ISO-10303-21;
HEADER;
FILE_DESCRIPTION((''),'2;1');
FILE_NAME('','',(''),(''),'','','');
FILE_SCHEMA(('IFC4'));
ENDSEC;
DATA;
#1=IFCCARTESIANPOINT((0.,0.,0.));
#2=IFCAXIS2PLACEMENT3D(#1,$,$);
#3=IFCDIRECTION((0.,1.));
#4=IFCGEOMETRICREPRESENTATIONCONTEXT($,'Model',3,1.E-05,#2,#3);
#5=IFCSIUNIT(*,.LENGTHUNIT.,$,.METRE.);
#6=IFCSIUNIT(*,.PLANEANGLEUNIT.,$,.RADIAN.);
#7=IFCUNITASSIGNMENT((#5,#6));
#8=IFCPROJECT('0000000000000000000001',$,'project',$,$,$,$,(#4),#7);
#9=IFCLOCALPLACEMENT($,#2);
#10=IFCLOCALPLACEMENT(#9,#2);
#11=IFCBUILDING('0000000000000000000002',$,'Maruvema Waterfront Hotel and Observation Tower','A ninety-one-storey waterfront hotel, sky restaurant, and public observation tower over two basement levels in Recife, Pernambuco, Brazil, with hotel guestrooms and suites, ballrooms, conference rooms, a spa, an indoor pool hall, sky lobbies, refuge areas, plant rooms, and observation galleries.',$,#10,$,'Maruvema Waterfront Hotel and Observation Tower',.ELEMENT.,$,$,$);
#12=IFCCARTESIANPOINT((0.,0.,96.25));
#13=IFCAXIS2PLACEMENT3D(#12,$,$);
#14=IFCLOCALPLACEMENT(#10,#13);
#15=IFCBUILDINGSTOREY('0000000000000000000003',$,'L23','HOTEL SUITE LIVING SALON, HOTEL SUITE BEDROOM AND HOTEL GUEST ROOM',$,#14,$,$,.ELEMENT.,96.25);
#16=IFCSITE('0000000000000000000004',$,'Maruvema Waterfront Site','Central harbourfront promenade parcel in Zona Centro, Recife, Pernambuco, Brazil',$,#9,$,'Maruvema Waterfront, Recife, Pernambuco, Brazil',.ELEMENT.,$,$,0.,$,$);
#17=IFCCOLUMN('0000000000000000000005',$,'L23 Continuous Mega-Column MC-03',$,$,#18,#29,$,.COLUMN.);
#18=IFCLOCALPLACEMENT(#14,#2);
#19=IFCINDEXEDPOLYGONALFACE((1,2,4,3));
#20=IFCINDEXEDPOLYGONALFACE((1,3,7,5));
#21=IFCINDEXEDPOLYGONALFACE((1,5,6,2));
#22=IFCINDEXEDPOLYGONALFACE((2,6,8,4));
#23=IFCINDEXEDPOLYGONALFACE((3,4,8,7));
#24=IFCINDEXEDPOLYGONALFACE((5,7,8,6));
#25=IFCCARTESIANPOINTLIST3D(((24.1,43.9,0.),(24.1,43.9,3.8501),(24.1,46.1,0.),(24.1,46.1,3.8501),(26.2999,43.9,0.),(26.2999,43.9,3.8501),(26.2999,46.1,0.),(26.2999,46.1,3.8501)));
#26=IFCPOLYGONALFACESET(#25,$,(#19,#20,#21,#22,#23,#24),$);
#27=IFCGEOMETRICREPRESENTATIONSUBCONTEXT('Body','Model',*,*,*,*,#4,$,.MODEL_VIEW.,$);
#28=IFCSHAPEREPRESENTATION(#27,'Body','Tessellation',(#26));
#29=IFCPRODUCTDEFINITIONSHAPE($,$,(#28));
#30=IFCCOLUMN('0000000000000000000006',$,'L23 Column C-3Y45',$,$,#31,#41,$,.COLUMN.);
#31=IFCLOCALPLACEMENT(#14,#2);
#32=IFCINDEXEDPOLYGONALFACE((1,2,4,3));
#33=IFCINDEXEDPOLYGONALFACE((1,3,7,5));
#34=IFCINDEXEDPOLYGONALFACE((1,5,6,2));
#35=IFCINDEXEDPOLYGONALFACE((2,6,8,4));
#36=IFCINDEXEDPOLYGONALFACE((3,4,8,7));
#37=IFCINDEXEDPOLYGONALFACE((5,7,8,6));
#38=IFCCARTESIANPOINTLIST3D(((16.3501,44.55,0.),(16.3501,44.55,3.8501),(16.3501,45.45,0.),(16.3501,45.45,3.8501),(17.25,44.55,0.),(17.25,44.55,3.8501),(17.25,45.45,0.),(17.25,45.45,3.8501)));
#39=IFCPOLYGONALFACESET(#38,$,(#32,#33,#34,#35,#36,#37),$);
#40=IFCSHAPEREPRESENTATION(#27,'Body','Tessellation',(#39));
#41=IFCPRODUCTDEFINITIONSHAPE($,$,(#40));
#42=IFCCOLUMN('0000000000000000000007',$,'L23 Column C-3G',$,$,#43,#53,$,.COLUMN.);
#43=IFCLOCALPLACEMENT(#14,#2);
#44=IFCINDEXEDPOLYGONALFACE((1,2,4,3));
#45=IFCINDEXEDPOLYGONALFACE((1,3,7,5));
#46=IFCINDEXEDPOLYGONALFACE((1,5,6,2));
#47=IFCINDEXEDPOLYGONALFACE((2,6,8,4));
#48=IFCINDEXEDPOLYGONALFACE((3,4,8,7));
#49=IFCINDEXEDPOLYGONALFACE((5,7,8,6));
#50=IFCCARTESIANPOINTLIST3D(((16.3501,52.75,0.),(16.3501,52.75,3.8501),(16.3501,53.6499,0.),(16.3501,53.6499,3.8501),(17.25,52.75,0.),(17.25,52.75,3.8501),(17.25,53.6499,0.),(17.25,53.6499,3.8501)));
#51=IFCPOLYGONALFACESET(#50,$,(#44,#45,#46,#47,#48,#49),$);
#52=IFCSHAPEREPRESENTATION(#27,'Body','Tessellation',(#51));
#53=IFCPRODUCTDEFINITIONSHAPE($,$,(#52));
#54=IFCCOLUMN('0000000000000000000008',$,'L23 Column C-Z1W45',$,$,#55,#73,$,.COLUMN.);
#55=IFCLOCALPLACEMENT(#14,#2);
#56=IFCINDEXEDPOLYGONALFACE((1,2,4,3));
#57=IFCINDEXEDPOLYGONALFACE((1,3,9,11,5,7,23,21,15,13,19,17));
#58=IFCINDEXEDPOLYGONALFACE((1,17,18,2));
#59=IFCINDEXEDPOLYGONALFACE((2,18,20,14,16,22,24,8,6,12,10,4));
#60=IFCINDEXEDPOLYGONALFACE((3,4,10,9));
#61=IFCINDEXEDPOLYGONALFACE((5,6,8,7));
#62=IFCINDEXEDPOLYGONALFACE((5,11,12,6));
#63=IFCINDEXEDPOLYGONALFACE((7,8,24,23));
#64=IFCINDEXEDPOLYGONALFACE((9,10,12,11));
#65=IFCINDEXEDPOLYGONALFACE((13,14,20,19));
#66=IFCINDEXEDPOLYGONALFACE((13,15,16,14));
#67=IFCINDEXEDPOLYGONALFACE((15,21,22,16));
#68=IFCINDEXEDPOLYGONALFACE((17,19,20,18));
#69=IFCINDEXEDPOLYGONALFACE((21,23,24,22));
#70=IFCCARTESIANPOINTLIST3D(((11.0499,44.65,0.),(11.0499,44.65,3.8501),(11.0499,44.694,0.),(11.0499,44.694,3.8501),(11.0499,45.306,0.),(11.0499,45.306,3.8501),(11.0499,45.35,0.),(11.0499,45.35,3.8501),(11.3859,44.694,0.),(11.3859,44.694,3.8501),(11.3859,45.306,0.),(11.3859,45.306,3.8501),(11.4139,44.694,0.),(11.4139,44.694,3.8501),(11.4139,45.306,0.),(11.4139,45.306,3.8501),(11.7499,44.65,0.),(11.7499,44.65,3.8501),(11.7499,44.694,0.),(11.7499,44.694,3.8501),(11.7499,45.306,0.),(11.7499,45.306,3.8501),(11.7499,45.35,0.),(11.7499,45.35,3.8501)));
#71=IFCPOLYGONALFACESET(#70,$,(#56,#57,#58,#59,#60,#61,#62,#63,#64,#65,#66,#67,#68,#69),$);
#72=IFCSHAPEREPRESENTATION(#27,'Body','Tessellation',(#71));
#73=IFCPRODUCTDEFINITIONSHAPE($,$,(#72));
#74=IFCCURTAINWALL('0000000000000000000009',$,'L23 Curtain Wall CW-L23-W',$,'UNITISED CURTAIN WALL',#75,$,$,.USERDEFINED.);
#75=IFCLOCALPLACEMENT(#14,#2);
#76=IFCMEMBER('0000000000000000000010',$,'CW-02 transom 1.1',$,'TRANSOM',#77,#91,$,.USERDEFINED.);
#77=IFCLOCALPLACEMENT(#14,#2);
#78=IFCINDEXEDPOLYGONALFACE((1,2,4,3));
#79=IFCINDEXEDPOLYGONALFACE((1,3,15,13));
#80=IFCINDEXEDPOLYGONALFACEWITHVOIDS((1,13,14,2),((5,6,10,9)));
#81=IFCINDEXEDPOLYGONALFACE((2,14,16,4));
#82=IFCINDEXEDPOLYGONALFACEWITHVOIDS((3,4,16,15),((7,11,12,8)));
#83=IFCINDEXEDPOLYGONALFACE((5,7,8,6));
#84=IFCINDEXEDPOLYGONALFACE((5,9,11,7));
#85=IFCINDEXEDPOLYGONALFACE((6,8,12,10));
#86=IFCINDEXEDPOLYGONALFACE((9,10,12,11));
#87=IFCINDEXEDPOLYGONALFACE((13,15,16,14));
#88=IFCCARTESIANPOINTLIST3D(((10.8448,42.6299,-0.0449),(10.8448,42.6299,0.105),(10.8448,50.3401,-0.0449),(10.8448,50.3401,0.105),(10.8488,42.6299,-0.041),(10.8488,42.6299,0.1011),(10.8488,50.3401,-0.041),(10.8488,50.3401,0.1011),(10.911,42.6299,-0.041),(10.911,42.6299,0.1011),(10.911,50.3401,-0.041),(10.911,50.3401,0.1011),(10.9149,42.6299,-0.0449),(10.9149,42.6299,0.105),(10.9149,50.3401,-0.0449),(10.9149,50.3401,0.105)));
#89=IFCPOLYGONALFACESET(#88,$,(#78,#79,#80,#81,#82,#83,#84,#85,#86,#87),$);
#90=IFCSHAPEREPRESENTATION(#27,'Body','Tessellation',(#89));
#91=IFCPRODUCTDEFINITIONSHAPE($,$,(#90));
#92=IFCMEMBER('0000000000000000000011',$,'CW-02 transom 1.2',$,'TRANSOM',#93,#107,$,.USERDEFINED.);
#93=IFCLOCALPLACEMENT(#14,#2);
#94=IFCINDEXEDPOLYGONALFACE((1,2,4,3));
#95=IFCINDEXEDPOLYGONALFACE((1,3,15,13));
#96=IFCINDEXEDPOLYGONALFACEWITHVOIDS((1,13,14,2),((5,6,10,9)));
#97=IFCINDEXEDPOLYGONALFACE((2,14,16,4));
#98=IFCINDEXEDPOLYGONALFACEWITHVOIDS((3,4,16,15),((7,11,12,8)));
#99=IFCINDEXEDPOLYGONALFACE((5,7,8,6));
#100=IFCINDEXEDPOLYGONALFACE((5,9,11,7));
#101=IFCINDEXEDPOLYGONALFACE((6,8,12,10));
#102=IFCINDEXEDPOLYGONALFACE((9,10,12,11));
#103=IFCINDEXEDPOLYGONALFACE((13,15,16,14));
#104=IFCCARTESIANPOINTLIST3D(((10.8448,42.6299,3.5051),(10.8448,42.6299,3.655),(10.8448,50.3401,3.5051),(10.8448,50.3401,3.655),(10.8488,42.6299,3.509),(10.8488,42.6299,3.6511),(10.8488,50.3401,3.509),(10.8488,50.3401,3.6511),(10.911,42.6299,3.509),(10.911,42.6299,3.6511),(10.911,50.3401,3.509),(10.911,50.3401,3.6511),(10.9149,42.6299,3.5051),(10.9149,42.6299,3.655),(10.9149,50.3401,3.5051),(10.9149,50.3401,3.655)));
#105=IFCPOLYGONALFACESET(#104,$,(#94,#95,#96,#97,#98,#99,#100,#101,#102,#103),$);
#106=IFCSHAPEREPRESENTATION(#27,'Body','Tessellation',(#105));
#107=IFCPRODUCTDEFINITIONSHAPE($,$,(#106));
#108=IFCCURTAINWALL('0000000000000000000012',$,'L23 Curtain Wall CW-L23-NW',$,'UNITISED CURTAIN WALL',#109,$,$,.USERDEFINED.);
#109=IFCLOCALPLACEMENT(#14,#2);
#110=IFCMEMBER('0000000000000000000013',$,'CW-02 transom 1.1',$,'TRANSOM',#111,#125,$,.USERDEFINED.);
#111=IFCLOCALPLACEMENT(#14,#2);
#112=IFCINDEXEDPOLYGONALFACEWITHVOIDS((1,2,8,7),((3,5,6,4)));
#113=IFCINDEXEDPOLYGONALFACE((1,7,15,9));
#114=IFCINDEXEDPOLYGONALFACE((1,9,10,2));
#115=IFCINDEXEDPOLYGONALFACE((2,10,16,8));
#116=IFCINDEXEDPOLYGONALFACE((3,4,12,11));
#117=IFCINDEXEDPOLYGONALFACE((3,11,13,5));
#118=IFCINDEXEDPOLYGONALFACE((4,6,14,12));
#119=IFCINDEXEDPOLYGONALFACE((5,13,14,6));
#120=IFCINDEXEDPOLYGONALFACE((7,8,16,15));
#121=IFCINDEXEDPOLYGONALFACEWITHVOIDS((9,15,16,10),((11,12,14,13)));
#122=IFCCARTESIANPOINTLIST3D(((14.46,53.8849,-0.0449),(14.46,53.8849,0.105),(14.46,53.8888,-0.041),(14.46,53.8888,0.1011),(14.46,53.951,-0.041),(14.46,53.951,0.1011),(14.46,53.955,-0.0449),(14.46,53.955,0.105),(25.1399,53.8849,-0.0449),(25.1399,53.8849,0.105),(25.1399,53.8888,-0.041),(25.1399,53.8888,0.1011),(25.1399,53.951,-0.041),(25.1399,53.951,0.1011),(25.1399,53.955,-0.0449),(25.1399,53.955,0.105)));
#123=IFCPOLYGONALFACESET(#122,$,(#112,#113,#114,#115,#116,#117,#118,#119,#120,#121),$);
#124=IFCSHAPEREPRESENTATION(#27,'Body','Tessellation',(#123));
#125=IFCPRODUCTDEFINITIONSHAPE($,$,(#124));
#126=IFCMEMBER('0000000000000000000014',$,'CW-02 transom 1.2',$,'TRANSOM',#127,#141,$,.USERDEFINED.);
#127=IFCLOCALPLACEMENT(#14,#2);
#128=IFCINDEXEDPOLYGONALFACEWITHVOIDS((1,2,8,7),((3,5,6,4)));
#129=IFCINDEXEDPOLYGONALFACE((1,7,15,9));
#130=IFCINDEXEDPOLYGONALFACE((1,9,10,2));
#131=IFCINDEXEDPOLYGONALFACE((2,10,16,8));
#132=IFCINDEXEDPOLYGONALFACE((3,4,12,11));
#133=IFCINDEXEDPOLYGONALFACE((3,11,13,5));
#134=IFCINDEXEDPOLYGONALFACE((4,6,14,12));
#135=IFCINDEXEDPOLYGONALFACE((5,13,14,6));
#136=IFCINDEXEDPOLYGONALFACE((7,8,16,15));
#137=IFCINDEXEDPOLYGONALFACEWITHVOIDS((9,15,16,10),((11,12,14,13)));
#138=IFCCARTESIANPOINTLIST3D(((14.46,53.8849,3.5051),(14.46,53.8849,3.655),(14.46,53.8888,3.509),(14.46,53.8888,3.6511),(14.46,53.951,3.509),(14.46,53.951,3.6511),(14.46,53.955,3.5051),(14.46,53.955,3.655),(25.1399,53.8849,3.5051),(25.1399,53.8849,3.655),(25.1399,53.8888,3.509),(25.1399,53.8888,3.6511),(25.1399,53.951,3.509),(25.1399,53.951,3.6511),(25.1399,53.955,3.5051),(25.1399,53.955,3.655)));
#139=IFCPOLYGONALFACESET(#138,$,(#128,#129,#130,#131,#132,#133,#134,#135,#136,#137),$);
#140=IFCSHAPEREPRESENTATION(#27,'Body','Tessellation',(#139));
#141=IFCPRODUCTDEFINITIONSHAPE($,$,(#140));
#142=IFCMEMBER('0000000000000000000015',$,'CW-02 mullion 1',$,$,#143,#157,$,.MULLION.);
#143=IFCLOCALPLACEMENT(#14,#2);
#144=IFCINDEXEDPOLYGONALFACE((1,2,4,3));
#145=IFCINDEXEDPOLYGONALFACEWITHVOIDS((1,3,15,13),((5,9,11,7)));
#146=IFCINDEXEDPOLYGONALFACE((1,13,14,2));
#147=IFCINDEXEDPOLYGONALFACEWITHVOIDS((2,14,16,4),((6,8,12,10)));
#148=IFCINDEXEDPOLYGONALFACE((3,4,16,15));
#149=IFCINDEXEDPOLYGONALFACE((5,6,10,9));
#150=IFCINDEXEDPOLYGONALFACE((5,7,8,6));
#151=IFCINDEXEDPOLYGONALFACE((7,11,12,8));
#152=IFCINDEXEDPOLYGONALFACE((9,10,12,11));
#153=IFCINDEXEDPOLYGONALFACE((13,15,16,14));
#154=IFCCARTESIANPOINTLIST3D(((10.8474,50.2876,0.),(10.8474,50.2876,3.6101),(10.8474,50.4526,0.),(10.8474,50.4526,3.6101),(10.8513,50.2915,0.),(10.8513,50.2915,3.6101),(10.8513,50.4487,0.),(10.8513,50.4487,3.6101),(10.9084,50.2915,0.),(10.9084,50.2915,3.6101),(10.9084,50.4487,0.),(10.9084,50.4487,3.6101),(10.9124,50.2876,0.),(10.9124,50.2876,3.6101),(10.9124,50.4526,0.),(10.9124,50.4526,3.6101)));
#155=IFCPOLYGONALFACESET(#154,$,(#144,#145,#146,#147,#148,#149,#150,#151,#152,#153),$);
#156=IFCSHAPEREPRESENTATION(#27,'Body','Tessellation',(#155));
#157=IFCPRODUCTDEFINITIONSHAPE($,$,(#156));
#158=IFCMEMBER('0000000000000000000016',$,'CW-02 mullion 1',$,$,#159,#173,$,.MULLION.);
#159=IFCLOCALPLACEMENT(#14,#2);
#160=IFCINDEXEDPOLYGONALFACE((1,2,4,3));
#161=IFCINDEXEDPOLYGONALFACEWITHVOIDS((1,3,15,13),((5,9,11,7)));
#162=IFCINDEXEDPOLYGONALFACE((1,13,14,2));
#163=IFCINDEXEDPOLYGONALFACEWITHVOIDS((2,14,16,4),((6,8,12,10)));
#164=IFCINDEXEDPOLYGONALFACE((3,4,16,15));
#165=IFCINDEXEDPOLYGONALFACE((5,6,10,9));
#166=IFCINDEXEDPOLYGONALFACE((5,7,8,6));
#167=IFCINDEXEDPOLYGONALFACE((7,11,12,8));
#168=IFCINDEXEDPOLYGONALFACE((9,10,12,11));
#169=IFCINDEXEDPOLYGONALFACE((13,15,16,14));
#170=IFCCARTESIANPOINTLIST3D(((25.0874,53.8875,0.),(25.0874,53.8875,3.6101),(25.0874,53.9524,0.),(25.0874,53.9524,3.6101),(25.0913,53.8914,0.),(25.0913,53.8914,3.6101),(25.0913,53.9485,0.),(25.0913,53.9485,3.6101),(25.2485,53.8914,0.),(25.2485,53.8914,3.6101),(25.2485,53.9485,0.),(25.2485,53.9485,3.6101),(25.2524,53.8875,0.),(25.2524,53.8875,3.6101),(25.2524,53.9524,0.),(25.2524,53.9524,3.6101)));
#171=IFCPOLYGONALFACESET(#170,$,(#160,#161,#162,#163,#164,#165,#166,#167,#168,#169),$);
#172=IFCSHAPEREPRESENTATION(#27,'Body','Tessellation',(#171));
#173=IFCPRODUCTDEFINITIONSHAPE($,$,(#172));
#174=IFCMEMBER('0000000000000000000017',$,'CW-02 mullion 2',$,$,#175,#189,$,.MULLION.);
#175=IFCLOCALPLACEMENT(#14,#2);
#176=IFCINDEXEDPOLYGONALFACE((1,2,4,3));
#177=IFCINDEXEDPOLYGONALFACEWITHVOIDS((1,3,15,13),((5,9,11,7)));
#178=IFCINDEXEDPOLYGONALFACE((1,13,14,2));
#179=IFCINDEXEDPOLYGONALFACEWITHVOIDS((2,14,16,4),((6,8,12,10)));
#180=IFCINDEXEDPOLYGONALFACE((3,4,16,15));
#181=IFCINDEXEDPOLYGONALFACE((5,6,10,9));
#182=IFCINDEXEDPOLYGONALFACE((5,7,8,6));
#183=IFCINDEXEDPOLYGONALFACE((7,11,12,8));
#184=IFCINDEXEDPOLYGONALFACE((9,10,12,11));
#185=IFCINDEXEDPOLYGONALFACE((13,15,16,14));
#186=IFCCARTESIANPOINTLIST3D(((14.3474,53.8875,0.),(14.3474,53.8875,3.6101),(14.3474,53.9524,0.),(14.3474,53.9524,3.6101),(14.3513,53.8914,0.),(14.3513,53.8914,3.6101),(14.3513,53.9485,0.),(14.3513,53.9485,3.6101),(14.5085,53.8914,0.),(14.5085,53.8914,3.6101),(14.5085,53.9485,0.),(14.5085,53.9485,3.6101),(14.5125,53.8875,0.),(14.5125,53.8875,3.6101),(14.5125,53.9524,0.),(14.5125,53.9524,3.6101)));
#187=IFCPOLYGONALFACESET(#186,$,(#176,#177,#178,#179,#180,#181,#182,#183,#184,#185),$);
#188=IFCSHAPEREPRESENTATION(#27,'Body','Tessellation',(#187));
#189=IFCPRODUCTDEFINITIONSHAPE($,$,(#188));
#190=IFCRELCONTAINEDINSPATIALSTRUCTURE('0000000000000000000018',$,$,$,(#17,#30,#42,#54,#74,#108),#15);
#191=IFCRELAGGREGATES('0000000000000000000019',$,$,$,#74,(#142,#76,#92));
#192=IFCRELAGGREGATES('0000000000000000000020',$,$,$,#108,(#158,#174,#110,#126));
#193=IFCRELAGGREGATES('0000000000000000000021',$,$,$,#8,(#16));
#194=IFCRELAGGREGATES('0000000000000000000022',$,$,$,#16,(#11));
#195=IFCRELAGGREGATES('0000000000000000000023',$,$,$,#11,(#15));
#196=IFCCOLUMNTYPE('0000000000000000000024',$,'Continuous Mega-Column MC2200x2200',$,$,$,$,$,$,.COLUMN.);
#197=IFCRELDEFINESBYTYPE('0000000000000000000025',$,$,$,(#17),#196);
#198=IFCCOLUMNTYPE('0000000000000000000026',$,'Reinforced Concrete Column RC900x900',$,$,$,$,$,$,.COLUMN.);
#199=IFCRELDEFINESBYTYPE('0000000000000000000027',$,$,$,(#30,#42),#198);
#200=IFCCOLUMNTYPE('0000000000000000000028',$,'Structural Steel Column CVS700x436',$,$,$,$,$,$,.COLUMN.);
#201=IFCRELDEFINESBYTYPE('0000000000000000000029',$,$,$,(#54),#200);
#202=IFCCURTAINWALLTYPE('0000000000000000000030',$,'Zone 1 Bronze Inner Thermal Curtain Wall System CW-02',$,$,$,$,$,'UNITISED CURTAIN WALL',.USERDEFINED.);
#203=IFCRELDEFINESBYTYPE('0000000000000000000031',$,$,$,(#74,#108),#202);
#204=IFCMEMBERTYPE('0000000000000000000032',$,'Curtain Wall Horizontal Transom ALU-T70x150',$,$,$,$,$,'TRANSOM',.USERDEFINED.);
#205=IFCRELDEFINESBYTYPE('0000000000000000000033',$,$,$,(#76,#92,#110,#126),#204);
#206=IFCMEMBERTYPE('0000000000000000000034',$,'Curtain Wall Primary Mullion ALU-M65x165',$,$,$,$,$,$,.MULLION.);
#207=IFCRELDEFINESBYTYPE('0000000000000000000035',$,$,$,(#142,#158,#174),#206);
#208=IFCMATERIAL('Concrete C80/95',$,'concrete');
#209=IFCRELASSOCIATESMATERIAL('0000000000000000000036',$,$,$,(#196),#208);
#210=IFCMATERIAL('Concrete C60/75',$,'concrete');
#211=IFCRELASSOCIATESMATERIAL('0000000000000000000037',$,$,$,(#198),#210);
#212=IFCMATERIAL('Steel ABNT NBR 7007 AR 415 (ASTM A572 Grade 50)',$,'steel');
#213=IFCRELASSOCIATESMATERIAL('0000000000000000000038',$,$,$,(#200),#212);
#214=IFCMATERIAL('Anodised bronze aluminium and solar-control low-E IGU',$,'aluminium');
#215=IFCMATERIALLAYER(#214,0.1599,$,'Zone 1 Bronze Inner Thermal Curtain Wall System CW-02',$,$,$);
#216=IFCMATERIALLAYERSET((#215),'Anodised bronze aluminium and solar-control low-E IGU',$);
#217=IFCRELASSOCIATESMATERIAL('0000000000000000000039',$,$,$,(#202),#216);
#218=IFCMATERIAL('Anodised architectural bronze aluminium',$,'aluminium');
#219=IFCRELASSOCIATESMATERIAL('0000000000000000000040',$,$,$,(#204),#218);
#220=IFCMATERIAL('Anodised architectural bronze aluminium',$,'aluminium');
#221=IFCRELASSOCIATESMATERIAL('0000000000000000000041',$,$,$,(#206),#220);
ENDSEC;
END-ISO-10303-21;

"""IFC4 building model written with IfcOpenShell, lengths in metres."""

from ifc_helpers import new_model, si_unit, direction, frame, origin, origin_2d, place, context, subcontext, project, spatial, rectangle, hollow_rectangle, i_section, extrude, material, layer, layer_set, material_profile, profile_set, type_object, element, aggregate, save


model = new_model("IFC4")

# Units and contexts
model_context = context("Model", 3, precision=1e-05, world=origin(), true_north=direction((0.0, 1.0)))
body_context = subcontext(model_context, "Body", "Model", "MODEL_VIEW")
ifc_project = project(units=[si_unit("LENGTHUNIT", "METRE"), si_unit("PLANEANGLEUNIT", "RADIAN")], contexts=[model_context])

# Site, building, storey
site_placement = place(None, origin())
site = spatial("IfcSite", under=ifc_project, at=site_placement, Name="Maruvema Waterfront Site", Description="Central harbourfront promenade parcel in Zona Centro, Recife, Pernambuco, Brazil", LongName="Maruvema Waterfront, Recife, Pernambuco, Brazil", CompositionType="ELEMENT", RefElevation=0.0)
building_placement = place(site_placement, origin())
building = spatial("IfcBuilding", under=site, at=building_placement, Name="Maruvema Waterfront Hotel and Observation Tower", Description="A ninety-one-storey waterfront hotel, sky restaurant, and public observation tower over two basement levels in Recife, Pernambuco, Brazil, with hotel guestrooms and suites, ballrooms, conference rooms, a spa, an indoor pool hall, sky lobbies, refuge areas, plant rooms, and observation galleries.", LongName="Maruvema Waterfront Hotel and Observation Tower", CompositionType="ELEMENT")
storey_placement = place(building_placement, frame((0.0, 0.0, 96.25)))
storey = spatial("IfcBuildingStorey", under=building, at=storey_placement, Name="L23", Description="HOTEL SUITE LIVING SALON, HOTEL SUITE BEDROOM AND HOTEL GUEST ROOM", CompositionType="ELEMENT", Elevation=96.25)

# Columns
ifc_material_1 = material(Name="Concrete C80/95", Category="concrete")
ifc_material_profile_1 = material_profile(ifc_material_1, rectangle(XDim=2.2, YDim=2.2, at=origin_2d()), Name="MC2200x2200")
ifc_profile_set_1 = profile_set([ifc_material_profile_1], Name="Concrete C80/95")
column_type_1 = type_object("IfcColumnType", Name="Continuous Mega-Column MC2200x2200", PredefinedType="COLUMN", material=ifc_profile_set_1)
column_1_placement = place(storey_placement, frame((25.2, 45.0, 0.0), z_axis=(0.0, 0.0, 1.0), x_axis=(1.0, 0.0, 0.0)))
element("IfcColumn", 1, at=column_1_placement, inside=storey, type_object=column_type_1, Name="L23 Continuous Mega-Column MC-03", PredefinedType="COLUMN", context=body_context, shape_type="SweptSolid", body=[
    extrude(rectangle(XDim=2.2, YDim=2.2, at=origin_2d()), origin(), (0.0, 0.0, 1.0), 3.8501),
])
ifc_material_2 = material(Name="Concrete C60/75", Category="concrete")
ifc_material_profile_2 = material_profile(ifc_material_2, rectangle(XDim=0.8999, YDim=0.8999, at=origin_2d()), Name="RC900x900")
ifc_profile_set_2 = profile_set([ifc_material_profile_2], Name="Concrete C60/75")
column_type_2 = type_object("IfcColumnType", Name="Reinforced Concrete Column RC900x900", PredefinedType="COLUMN", material=ifc_profile_set_2)
for number, where, z_axis, x_axis, name in (
    (2, (16.8, 45.0, 0.0), (0.0, 0.0, 1.0), (1.0, 0.0, 0.0), "L23 Column C-3Y45"),
    (3, (16.8, 53.2, 0.0), (0.0, 0.0, 1.0), (1.0, 0.0, 0.0), "L23 Column C-3G"),
):
    element("IfcColumn", number, at=place(storey_placement, frame(where, z_axis=z_axis, x_axis=x_axis)), inside=storey, type_object=column_type_2, Name=name, PredefinedType="COLUMN", context=body_context, shape_type="SweptSolid", body=[
        extrude(rectangle(XDim=0.8999, YDim=0.8999, at=origin_2d()), origin(), (0.0, 0.0, 1.0), 3.8501),
    ])
ifc_material_3 = material(Name="Steel ABNT NBR 7007 AR 415 (ASTM A572 Grade 50)", Category="steel")
ifc_material_profile_3 = material_profile(ifc_material_3, i_section(OverallWidth=0.7, OverallDepth=0.7, WebThickness=0.0281, FlangeThickness=0.0439, at=origin_2d()), Name="CVS700x436")
ifc_profile_set_3 = profile_set([ifc_material_profile_3], Name="Steel ABNT NBR 7007 AR 415 (ASTM A572 Grade 50)")
column_type_3 = type_object("IfcColumnType", Name="Structural Steel Column CVS700x436", PredefinedType="COLUMN", material=ifc_profile_set_3)
column_2_placement = place(storey_placement, frame((11.3999, 45.0, 0.0), z_axis=(0.0, 0.0, 1.0), x_axis=(1.0, 0.0, 0.0)))
element("IfcColumn", 4, at=column_2_placement, inside=storey, type_object=column_type_3, Name="L23 Column C-Z1W45", PredefinedType="COLUMN", context=body_context, shape_type="SweptSolid", body=[
    extrude(i_section(OverallWidth=0.7, OverallDepth=0.7, WebThickness=0.0281, FlangeThickness=0.0439, at=origin_2d()), origin(), (0.0, 0.0, 1.0), 3.8501),
])

# Curtain walls, members
ifc_material_4 = material(Name="Anodised bronze aluminium and solar-control low-E IGU", Category="aluminium")
ifc_layer_1 = layer(ifc_material_4, 0.1599, Name="Zone 1 Bronze Inner Thermal Curtain Wall System CW-02")
ifc_layer_set_1 = layer_set([ifc_layer_1], Name="Anodised bronze aluminium and solar-control low-E IGU")
curtain_wall_type = type_object("IfcCurtainWallType", Name="Zone 1 Bronze Inner Thermal Curtain Wall System CW-02", ElementType="UNITISED CURTAIN WALL", PredefinedType="USERDEFINED", material=ifc_layer_set_1)
curtain_wall_1_placement = place(storey_placement, origin())
curtain_wall_1 = element("IfcCurtainWall", 5, at=curtain_wall_1_placement, inside=storey, type_object=curtain_wall_type, Name="L23 Curtain Wall CW-L23-W", ObjectType="UNITISED CURTAIN WALL", PredefinedType="USERDEFINED")
ifc_material_5 = material(Name="Anodised architectural bronze aluminium", Category="aluminium")
ifc_material_profile_4 = material_profile(ifc_material_5, hollow_rectangle(XDim=0.0701, YDim=0.1499, WallThickness=0.0039, at=origin_2d()), Name="ALU-T70x150")
ifc_profile_set_4 = profile_set([ifc_material_profile_4], Name="Anodised architectural bronze aluminium")
member_type_1 = type_object("IfcMemberType", Name="Curtain Wall Horizontal Transom ALU-T70x150", ElementType="TRANSOM", PredefinedType="USERDEFINED", material=ifc_profile_set_4)
member_1_placement = place(storey_placement, frame((10.8799, 50.3401, 0.03), z_axis=(0.0, -1.0, 0.0), x_axis=(1.0, 0.0, 0.0)))
member_1 = element("IfcMember", 6, at=member_1_placement, type_object=member_type_1, Name="CW-02 transom 1.1", ObjectType="TRANSOM", PredefinedType="USERDEFINED", context=body_context, shape_type="SweptSolid", body=[
    extrude(hollow_rectangle(XDim=0.0701, YDim=0.1499, WallThickness=0.0039, at=origin_2d()), origin(), (0.0, 0.0, 1.0), 7.7102),
])
member_2_placement = place(storey_placement, frame((10.8799, 50.3401, 3.5801), z_axis=(0.0, -1.0, 0.0), x_axis=(1.0, 0.0, 0.0)))
member_2 = element("IfcMember", 7, at=member_2_placement, type_object=member_type_1, Name="CW-02 transom 1.2", ObjectType="TRANSOM", PredefinedType="USERDEFINED", context=body_context, shape_type="SweptSolid", body=[
    extrude(hollow_rectangle(XDim=0.0701, YDim=0.1499, WallThickness=0.0039, at=origin_2d()), origin(), (0.0, 0.0, 1.0), 7.7102),
])
curtain_wall_2_placement = place(storey_placement, origin())
curtain_wall_2 = element("IfcCurtainWall", 8, at=curtain_wall_2_placement, inside=storey, type_object=curtain_wall_type, Name="L23 Curtain Wall CW-L23-NW", ObjectType="UNITISED CURTAIN WALL", PredefinedType="USERDEFINED")
member_3_placement = place(storey_placement, frame((25.1399, 53.9199, 0.03), z_axis=(-1.0, 0.0, 0.0), x_axis=(0.0, -1.0, 0.0)))
member_3 = element("IfcMember", 9, at=member_3_placement, type_object=member_type_1, Name="CW-02 transom 1.1", ObjectType="TRANSOM", PredefinedType="USERDEFINED", context=body_context, shape_type="SweptSolid", body=[
    extrude(hollow_rectangle(XDim=0.0701, YDim=0.1499, WallThickness=0.0039, at=origin_2d()), origin(), (0.0, 0.0, 1.0), 10.6799),
])
member_4_placement = place(storey_placement, frame((25.1399, 53.9199, 3.5801), z_axis=(-1.0, 0.0, 0.0), x_axis=(0.0, -1.0, 0.0)))
member_4 = element("IfcMember", 10, at=member_4_placement, type_object=member_type_1, Name="CW-02 transom 1.2", ObjectType="TRANSOM", PredefinedType="USERDEFINED", context=body_context, shape_type="SweptSolid", body=[
    extrude(hollow_rectangle(XDim=0.0701, YDim=0.1499, WallThickness=0.0039, at=origin_2d()), origin(), (0.0, 0.0, 1.0), 10.6799),
])

# Members
ifc_material_6 = material(Name="Anodised architectural bronze aluminium", Category="aluminium")
ifc_material_profile_5 = material_profile(ifc_material_6, hollow_rectangle(XDim=0.0649, YDim=0.165, WallThickness=0.0039, at=origin_2d()), Name="ALU-M65x165")
ifc_profile_set_5 = profile_set([ifc_material_profile_5], Name="Anodised architectural bronze aluminium")
member_type_2 = type_object("IfcMemberType", Name="Curtain Wall Primary Mullion ALU-M65x165", PredefinedType="MULLION", material=ifc_profile_set_5)
member_5_placement = place(storey_placement, frame((10.8799, 50.3701, 0.0), z_axis=(0.0, 0.0, 1.0), x_axis=(1.0, 0.0, 0.0)))
member_5 = element("IfcMember", 11, at=member_5_placement, type_object=member_type_2, Name="CW-02 mullion 1", PredefinedType="MULLION", context=body_context, shape_type="SweptSolid", body=[
    extrude(hollow_rectangle(XDim=0.0649, YDim=0.165, WallThickness=0.0039, at=origin_2d()), origin(), (0.0, 0.0, 1.0), 3.6101),
])
member_6_placement = place(storey_placement, frame((25.1699, 53.9199, 0.0), z_axis=(0.0, 0.0, 1.0), x_axis=(0.0, -1.0, 0.0)))
member_6 = element("IfcMember", 12, at=member_6_placement, type_object=member_type_2, Name="CW-02 mullion 1", PredefinedType="MULLION", context=body_context, shape_type="SweptSolid", body=[
    extrude(hollow_rectangle(XDim=0.0649, YDim=0.165, WallThickness=0.0039, at=origin_2d()), origin(), (0.0, 0.0, 1.0), 3.6101),
])
member_7_placement = place(storey_placement, frame((14.4299, 53.9199, 0.0), z_axis=(0.0, 0.0, 1.0), x_axis=(0.0, -1.0, 0.0)))
member_7 = element("IfcMember", 13, at=member_7_placement, type_object=member_type_2, Name="CW-02 mullion 2", PredefinedType="MULLION", context=body_context, shape_type="SweptSolid", body=[
    extrude(hollow_rectangle(XDim=0.0649, YDim=0.165, WallThickness=0.0039, at=origin_2d()), origin(), (0.0, 0.0, 1.0), 3.6101),
])

aggregate(curtain_wall_1, [member_5, member_1, member_2])
aggregate(curtain_wall_2, [member_6, member_7, member_3, member_4])

save(model, "model.ifc")
